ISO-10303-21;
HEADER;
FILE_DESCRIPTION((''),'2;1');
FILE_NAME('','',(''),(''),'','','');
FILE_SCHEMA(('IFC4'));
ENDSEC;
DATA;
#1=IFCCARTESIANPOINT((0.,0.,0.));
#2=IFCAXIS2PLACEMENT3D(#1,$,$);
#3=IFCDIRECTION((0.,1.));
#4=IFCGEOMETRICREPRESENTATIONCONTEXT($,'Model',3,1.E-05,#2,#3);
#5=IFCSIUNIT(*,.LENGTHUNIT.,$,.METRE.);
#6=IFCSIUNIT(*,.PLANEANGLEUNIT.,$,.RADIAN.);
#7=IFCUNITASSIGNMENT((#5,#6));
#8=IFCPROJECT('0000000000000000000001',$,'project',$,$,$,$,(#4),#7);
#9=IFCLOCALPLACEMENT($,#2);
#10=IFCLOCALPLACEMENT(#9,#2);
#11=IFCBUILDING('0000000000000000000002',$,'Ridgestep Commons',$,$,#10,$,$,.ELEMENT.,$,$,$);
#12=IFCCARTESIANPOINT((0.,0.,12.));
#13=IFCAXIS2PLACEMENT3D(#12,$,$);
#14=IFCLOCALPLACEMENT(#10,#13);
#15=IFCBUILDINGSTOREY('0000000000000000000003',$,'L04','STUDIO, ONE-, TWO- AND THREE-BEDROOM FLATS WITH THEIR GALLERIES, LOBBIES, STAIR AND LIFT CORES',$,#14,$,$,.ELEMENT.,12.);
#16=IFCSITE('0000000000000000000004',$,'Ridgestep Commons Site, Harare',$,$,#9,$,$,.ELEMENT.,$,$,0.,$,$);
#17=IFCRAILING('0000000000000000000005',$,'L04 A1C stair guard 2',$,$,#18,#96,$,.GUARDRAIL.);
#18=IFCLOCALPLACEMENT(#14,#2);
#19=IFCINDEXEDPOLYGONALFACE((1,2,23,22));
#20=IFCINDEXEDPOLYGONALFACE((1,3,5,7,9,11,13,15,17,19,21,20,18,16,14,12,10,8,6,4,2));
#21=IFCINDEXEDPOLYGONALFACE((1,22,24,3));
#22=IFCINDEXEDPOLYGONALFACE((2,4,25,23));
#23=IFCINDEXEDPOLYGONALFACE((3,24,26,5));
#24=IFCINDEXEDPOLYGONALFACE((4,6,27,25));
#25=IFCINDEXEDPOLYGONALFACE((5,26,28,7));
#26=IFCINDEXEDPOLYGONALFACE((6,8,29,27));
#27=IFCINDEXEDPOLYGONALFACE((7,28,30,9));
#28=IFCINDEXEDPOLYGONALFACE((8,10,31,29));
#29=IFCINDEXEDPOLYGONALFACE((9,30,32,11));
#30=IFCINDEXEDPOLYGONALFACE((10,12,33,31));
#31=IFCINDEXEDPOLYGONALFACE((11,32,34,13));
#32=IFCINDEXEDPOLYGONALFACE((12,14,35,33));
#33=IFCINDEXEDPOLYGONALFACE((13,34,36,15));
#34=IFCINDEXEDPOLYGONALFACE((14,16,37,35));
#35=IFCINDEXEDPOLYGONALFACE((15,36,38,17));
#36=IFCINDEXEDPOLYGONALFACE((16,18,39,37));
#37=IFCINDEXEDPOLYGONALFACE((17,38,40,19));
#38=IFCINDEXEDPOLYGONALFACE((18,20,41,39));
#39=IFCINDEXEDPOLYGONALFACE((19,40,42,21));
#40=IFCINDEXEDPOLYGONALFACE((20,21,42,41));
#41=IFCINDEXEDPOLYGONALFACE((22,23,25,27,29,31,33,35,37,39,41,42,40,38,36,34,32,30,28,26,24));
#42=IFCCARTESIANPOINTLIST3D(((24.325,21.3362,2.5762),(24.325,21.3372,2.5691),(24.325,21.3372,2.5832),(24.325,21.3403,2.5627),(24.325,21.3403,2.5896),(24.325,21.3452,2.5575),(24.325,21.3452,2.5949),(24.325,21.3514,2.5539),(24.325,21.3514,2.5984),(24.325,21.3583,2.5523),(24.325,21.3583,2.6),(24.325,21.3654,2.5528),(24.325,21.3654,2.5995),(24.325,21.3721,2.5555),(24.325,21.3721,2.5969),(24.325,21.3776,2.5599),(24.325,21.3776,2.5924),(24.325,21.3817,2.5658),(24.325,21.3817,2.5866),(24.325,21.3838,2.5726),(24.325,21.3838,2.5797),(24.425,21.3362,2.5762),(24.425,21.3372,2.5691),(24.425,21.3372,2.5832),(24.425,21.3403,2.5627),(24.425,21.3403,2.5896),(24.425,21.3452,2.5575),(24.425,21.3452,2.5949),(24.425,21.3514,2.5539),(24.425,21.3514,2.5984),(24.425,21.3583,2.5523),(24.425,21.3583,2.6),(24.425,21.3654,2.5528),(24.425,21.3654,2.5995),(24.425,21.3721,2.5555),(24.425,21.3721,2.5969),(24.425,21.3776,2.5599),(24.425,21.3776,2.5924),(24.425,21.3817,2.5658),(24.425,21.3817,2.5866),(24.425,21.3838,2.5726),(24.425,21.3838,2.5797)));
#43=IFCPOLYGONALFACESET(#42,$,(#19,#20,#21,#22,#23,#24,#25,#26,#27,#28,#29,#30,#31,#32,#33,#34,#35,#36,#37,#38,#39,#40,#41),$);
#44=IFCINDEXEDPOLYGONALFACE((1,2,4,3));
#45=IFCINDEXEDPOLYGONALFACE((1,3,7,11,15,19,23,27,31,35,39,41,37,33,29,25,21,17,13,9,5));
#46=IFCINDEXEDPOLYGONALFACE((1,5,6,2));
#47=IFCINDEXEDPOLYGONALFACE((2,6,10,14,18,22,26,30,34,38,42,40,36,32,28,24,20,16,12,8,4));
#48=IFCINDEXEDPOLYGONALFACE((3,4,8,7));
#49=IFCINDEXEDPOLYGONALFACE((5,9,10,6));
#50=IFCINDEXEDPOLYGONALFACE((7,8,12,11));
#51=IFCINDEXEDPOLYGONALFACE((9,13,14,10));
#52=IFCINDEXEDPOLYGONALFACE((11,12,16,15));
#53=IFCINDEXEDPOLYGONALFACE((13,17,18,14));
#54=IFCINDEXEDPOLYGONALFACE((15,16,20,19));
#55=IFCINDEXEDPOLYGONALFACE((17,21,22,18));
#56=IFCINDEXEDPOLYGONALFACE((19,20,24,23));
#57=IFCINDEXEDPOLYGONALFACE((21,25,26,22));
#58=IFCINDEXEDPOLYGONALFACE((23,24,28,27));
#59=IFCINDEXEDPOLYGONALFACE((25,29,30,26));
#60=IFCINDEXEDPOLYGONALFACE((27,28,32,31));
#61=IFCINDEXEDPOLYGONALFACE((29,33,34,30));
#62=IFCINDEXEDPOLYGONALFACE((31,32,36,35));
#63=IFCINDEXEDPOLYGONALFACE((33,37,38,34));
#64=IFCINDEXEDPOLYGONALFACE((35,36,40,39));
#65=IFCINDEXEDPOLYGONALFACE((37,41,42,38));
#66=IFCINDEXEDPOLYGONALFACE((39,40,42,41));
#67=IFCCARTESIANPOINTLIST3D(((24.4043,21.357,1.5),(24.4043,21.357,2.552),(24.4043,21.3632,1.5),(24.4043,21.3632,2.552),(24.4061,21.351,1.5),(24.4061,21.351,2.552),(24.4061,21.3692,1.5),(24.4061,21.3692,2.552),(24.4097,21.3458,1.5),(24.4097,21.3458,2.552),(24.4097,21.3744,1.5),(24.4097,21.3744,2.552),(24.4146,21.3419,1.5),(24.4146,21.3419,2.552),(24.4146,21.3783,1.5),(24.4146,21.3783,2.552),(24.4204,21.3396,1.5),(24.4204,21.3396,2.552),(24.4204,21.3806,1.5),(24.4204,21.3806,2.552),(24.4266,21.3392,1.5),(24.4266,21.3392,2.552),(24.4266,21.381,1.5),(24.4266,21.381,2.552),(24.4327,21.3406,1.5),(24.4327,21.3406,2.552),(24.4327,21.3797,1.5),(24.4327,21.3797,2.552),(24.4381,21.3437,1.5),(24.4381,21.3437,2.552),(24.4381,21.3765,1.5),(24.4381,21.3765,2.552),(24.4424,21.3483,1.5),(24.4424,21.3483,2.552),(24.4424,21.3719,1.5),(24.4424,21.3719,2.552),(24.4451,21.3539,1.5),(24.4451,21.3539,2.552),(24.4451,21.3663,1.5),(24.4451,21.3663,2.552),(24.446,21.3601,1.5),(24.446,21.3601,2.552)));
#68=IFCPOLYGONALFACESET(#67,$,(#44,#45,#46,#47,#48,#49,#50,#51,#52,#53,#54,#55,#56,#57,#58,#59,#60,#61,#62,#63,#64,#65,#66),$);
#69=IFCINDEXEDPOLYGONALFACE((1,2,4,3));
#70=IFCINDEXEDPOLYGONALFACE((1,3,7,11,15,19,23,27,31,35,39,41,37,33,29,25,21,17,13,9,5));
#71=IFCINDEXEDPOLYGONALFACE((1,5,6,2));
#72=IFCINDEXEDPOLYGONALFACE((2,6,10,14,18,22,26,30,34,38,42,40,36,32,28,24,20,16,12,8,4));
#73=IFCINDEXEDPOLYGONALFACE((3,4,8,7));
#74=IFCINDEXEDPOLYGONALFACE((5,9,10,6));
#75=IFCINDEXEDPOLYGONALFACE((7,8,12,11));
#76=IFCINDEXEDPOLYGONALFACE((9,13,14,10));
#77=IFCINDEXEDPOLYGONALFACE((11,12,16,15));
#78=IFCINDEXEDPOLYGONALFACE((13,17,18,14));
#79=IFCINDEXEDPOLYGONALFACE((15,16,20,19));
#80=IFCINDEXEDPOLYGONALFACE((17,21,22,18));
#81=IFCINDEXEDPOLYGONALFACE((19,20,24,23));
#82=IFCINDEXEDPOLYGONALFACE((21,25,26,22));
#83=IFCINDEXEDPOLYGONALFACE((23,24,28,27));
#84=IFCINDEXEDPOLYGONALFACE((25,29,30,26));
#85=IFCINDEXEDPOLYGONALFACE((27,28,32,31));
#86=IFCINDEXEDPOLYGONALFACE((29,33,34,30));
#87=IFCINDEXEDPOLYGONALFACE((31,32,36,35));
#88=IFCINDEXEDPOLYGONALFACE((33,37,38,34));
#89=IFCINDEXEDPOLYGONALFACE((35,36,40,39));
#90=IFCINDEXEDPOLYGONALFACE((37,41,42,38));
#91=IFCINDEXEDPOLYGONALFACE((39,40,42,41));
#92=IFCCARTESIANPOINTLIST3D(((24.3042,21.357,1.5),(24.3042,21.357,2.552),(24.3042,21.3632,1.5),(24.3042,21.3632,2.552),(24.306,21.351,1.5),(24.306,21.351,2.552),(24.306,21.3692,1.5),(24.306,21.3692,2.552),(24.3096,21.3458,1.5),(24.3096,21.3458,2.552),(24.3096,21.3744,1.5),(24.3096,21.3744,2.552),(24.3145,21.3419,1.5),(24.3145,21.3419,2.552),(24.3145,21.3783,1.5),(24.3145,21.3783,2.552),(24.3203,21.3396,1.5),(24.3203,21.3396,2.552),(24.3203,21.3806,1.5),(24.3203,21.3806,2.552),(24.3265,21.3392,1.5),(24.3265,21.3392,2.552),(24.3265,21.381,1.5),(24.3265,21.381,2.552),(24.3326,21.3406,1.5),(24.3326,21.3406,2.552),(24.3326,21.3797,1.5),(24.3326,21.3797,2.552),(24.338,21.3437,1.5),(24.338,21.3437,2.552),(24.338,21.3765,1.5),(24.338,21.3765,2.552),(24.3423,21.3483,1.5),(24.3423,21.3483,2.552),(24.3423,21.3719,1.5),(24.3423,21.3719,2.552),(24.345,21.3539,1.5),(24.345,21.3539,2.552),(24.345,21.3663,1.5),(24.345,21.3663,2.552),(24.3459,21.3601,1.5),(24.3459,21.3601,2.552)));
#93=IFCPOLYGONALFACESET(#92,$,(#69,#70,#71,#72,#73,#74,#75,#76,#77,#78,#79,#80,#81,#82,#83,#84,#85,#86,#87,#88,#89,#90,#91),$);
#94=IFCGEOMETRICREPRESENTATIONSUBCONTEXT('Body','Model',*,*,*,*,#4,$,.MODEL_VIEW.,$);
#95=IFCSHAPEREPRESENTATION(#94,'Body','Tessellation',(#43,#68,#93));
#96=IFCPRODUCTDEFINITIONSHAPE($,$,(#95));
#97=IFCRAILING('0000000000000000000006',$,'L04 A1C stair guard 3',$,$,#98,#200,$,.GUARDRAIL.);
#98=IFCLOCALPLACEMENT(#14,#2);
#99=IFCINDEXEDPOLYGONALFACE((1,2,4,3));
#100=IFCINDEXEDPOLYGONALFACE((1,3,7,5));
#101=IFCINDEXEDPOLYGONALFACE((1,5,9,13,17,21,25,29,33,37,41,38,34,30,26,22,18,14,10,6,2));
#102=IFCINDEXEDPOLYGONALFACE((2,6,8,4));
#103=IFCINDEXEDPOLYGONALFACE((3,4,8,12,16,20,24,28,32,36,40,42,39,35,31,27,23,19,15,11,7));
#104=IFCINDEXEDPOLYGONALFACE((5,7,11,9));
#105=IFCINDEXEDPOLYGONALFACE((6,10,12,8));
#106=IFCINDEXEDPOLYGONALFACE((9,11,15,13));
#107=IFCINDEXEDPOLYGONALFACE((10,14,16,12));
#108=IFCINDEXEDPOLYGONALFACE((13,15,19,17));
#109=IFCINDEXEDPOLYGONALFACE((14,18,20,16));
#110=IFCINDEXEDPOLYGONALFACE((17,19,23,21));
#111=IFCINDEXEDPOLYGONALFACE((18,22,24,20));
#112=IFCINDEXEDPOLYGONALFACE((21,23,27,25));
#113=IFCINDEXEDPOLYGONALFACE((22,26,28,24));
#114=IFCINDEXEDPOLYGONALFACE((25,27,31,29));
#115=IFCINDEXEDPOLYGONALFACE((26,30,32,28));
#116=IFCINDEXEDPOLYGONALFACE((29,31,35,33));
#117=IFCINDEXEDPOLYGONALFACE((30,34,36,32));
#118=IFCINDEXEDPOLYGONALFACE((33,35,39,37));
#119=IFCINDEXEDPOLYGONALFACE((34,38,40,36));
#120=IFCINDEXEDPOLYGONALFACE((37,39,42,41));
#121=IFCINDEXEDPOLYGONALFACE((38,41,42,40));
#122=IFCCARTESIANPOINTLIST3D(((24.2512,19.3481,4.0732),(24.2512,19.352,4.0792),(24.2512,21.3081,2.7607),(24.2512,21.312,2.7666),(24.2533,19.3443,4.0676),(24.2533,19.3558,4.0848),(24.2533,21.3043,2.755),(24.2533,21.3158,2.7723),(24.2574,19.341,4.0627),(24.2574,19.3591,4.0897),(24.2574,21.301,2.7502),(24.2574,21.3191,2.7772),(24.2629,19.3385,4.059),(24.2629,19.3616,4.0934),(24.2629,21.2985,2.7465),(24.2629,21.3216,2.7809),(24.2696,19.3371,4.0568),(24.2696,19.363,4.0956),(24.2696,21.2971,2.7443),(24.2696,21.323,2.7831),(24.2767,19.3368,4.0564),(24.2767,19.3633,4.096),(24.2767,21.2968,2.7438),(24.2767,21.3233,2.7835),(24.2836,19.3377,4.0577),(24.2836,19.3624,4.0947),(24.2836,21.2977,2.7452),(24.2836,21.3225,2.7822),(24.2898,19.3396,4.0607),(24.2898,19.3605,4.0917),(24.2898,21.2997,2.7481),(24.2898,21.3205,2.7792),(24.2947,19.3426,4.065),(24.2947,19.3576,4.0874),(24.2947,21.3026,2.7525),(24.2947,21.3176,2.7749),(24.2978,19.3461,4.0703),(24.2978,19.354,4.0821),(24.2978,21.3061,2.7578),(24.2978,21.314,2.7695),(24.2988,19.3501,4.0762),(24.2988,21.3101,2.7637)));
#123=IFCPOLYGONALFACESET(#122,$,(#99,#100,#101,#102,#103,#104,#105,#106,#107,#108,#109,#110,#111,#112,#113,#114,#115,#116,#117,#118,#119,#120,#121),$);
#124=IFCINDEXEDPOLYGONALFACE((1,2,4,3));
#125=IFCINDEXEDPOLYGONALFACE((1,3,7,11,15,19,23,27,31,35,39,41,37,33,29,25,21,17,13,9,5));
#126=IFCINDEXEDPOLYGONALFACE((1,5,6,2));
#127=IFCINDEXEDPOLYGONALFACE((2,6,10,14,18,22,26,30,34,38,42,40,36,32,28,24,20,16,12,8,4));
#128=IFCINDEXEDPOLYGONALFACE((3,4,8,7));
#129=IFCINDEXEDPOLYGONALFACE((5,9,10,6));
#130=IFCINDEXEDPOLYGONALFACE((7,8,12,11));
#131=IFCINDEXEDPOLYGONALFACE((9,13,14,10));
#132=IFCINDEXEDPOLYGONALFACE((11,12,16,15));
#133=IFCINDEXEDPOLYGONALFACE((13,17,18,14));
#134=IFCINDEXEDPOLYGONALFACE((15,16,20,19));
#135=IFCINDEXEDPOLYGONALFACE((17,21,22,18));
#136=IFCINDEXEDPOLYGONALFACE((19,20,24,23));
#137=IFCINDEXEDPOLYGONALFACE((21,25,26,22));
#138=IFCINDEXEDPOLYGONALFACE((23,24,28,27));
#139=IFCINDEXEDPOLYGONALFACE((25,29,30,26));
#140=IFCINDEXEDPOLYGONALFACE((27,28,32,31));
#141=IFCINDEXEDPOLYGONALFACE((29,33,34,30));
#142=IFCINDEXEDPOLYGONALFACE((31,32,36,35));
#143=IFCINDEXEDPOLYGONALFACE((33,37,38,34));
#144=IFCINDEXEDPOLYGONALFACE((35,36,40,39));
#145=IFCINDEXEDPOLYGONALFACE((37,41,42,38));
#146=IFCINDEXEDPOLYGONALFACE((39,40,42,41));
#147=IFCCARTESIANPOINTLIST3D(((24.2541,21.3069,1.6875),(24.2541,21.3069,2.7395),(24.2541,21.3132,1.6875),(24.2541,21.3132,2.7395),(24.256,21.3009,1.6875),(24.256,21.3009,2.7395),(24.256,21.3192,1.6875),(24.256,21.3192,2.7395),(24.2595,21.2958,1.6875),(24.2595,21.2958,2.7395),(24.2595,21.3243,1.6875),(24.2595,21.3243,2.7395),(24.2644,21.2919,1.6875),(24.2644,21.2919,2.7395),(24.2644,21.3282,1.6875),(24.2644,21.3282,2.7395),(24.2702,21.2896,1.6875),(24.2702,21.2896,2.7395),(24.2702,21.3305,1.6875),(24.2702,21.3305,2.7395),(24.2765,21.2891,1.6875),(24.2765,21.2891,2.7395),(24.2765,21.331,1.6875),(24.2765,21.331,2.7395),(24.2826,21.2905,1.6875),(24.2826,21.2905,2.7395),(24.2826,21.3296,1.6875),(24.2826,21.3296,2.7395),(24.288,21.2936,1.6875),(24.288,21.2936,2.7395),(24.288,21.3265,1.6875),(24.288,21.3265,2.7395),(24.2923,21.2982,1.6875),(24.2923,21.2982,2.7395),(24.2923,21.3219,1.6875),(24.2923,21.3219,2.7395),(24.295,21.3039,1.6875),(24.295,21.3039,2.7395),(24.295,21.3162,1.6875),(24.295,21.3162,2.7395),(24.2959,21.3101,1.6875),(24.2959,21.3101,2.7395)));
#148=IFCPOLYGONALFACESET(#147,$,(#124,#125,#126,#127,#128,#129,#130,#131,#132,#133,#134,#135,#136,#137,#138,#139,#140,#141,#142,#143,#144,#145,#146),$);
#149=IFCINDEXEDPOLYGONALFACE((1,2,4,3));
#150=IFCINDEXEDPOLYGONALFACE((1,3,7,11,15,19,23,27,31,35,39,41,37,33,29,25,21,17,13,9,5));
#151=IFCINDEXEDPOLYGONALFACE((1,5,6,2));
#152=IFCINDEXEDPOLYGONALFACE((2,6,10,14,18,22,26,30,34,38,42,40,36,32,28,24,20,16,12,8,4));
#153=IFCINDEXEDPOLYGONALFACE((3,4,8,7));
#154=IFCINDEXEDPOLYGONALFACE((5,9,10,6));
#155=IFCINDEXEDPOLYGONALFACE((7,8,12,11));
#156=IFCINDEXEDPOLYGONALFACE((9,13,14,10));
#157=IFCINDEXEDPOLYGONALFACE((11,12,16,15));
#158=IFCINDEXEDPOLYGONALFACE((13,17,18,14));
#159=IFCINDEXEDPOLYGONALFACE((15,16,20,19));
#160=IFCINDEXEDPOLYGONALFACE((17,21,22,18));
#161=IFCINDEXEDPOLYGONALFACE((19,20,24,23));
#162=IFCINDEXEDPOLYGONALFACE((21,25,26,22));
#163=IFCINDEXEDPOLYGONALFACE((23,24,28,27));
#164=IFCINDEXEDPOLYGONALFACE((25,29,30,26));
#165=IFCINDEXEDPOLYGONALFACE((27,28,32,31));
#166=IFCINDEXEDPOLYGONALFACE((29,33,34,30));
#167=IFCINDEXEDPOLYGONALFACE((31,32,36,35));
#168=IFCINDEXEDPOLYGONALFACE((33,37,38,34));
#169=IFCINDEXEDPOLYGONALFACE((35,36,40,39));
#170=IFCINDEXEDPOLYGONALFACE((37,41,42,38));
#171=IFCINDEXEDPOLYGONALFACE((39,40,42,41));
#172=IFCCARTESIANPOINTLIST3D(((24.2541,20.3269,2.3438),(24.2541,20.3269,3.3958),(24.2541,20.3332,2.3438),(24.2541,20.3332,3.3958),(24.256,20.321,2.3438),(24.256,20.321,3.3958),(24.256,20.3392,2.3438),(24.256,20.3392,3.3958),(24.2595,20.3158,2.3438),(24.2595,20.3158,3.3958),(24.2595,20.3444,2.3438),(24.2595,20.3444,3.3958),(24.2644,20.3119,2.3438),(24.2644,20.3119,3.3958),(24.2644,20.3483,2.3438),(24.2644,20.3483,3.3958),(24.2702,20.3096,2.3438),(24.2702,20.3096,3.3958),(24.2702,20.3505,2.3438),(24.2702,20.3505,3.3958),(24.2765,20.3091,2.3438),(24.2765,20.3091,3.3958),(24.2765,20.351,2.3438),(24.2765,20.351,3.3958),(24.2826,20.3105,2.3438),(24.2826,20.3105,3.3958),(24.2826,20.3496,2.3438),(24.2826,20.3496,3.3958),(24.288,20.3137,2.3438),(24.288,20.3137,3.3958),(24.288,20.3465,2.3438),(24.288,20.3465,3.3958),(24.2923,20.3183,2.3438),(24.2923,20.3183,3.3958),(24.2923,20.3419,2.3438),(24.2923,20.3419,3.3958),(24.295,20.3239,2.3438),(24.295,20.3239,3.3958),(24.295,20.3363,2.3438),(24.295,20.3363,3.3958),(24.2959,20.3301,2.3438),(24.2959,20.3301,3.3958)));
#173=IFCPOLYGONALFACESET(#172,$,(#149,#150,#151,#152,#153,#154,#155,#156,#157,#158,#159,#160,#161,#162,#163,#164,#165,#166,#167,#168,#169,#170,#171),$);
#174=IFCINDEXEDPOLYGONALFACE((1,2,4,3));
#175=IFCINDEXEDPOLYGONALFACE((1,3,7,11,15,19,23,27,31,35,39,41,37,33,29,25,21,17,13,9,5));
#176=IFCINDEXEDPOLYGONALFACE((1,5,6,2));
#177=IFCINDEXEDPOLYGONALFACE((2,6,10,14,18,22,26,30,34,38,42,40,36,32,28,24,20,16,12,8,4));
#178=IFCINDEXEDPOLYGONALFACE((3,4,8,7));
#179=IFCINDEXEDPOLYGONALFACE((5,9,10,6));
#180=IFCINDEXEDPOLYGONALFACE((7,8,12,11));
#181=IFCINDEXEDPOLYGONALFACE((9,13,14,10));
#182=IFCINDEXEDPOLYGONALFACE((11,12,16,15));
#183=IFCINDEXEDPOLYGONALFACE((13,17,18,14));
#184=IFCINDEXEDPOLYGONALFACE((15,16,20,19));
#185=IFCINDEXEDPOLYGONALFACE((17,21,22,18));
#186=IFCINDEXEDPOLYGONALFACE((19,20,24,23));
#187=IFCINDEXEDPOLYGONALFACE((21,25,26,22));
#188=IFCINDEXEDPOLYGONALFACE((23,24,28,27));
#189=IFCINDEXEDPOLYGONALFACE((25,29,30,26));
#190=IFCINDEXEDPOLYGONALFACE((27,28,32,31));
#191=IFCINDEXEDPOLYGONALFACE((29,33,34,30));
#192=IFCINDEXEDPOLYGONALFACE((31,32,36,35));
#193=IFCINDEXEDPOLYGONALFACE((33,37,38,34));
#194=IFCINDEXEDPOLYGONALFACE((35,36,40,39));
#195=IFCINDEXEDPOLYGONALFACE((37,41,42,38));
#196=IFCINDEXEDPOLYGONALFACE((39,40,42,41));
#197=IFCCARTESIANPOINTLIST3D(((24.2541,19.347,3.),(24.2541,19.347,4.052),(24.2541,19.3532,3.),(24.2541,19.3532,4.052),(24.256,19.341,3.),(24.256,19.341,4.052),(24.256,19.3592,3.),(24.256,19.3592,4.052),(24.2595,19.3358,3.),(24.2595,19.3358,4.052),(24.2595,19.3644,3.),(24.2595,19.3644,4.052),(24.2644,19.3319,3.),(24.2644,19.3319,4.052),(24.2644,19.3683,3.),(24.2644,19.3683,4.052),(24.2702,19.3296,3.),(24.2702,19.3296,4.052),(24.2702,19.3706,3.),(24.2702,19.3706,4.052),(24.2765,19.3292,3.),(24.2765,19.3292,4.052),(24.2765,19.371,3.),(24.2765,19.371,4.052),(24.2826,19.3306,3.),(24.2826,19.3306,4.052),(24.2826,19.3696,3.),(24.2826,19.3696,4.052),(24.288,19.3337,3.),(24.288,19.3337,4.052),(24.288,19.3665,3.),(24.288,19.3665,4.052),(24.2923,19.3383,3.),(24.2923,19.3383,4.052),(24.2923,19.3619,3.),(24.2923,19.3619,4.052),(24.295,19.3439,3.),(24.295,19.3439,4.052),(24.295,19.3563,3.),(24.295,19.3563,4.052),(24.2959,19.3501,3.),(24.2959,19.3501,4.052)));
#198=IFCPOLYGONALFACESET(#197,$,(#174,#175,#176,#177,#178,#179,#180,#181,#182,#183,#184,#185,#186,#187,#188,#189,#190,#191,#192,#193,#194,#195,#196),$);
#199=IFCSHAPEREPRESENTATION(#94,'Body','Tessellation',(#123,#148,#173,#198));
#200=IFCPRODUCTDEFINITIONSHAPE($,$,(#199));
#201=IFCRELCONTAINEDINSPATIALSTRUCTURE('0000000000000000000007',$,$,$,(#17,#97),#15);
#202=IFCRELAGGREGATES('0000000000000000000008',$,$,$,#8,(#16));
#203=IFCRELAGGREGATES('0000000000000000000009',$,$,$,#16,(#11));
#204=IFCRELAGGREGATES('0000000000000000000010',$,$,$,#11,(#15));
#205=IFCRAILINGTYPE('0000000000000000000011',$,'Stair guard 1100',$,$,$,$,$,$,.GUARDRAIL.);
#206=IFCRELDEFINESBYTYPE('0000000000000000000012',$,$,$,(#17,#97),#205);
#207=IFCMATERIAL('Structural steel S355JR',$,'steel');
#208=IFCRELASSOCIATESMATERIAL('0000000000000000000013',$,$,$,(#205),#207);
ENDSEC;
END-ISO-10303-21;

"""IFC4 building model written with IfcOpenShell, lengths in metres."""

from ifc_helpers import new_model, si_unit, direction, frame, origin, origin_2d, place, context, subcontext, project, spatial, circle, extrude, material, type_object, element, save


model = new_model("IFC4")

# Units and contexts
model_context = context("Model", 3, precision=1e-05, world=origin(), true_north=direction((0.0, 1.0)))
body_context = subcontext(model_context, "Body", "Model", "MODEL_VIEW")
ifc_project = project(units=[si_unit("LENGTHUNIT", "METRE"), si_unit("PLANEANGLEUNIT", "RADIAN")], contexts=[model_context])

# Site, building, storey
site_placement = place(None, origin())
site = spatial("IfcSite", under=ifc_project, at=site_placement, Name="Ridgestep Commons Site, Harare", CompositionType="ELEMENT", RefElevation=0.0)
building_placement = place(site_placement, origin())
building = spatial("IfcBuilding", under=site, at=building_placement, Name="Ridgestep Commons", CompositionType="ELEMENT")
storey_placement = place(building_placement, frame((0.0, 0.0, 12.0)))
storey = spatial("IfcBuildingStorey", under=building, at=storey_placement, Name="L04", Description="STUDIO, ONE-, TWO- AND THREE-BEDROOM FLATS WITH THEIR GALLERIES, LOBBIES, STAIR AND LIFT CORES", CompositionType="ELEMENT", Elevation=12.0)

# Railings
ifc_material_1 = material(Name="Structural steel S355JR", Category="steel")
railing_type_1 = type_object("IfcRailingType", Name="Stair guard 1100", PredefinedType="GUARDRAIL", material=ifc_material_1)
railing_1_placement = place(storey_placement, frame((24.425, 21.3601, 1.5)))
element("IfcRailing", 1, at=railing_1_placement, inside=storey, type_object=railing_type_1, Name="L04 A1C stair guard 2", PredefinedType="GUARDRAIL", context=body_context, shape_type="SweptSolid", body=[
    extrude(circle(Radius=0.0239, at=origin_2d()), frame((0.0, 0.0, 1.0762), z_axis=(-1.0, 0.0, 0.0), x_axis=(0.0, -1.0, 0.0)), (0.0, 0.0, 1.0), 0.1001),
    extrude(circle(Radius=0.021, at=origin_2d()), origin(), (0.0, 0.0, 1.0), 1.052),
    extrude(circle(Radius=0.021, at=origin_2d()), frame((-0.1001, 0.0, 0.0)), (0.0, 0.0, 1.0), 1.052),
])
railing_2_placement = place(storey_placement, frame((24.2749, 21.3101, 1.6875)))
element("IfcRailing", 2, at=railing_2_placement, inside=storey, type_object=railing_type_1, Name="L04 A1C stair guard 3", PredefinedType="GUARDRAIL", context=body_context, shape_type="SweptSolid", body=[
    extrude(circle(Radius=0.0239, at=origin_2d()), frame((0.0, 0.0, 1.0762), z_axis=(0.0, -0.830902, 0.556419), x_axis=(1.0, 0.0, 0.0)), (0.0, 0.0, 1.0), 2.3589),
    extrude(circle(Radius=0.021, at=origin_2d()), origin(), (0.0, 0.0, 1.0), 1.052),
    extrude(circle(Radius=0.021, at=origin_2d()), frame((0.0, -0.98, 0.6562)), (0.0, 0.0, 1.0), 1.052),
    extrude(circle(Radius=0.021, at=origin_2d()), frame((0.0, -1.96, 1.3125)), (0.0, 0.0, 1.0), 1.052),
])

save(model, "model.ifc")
